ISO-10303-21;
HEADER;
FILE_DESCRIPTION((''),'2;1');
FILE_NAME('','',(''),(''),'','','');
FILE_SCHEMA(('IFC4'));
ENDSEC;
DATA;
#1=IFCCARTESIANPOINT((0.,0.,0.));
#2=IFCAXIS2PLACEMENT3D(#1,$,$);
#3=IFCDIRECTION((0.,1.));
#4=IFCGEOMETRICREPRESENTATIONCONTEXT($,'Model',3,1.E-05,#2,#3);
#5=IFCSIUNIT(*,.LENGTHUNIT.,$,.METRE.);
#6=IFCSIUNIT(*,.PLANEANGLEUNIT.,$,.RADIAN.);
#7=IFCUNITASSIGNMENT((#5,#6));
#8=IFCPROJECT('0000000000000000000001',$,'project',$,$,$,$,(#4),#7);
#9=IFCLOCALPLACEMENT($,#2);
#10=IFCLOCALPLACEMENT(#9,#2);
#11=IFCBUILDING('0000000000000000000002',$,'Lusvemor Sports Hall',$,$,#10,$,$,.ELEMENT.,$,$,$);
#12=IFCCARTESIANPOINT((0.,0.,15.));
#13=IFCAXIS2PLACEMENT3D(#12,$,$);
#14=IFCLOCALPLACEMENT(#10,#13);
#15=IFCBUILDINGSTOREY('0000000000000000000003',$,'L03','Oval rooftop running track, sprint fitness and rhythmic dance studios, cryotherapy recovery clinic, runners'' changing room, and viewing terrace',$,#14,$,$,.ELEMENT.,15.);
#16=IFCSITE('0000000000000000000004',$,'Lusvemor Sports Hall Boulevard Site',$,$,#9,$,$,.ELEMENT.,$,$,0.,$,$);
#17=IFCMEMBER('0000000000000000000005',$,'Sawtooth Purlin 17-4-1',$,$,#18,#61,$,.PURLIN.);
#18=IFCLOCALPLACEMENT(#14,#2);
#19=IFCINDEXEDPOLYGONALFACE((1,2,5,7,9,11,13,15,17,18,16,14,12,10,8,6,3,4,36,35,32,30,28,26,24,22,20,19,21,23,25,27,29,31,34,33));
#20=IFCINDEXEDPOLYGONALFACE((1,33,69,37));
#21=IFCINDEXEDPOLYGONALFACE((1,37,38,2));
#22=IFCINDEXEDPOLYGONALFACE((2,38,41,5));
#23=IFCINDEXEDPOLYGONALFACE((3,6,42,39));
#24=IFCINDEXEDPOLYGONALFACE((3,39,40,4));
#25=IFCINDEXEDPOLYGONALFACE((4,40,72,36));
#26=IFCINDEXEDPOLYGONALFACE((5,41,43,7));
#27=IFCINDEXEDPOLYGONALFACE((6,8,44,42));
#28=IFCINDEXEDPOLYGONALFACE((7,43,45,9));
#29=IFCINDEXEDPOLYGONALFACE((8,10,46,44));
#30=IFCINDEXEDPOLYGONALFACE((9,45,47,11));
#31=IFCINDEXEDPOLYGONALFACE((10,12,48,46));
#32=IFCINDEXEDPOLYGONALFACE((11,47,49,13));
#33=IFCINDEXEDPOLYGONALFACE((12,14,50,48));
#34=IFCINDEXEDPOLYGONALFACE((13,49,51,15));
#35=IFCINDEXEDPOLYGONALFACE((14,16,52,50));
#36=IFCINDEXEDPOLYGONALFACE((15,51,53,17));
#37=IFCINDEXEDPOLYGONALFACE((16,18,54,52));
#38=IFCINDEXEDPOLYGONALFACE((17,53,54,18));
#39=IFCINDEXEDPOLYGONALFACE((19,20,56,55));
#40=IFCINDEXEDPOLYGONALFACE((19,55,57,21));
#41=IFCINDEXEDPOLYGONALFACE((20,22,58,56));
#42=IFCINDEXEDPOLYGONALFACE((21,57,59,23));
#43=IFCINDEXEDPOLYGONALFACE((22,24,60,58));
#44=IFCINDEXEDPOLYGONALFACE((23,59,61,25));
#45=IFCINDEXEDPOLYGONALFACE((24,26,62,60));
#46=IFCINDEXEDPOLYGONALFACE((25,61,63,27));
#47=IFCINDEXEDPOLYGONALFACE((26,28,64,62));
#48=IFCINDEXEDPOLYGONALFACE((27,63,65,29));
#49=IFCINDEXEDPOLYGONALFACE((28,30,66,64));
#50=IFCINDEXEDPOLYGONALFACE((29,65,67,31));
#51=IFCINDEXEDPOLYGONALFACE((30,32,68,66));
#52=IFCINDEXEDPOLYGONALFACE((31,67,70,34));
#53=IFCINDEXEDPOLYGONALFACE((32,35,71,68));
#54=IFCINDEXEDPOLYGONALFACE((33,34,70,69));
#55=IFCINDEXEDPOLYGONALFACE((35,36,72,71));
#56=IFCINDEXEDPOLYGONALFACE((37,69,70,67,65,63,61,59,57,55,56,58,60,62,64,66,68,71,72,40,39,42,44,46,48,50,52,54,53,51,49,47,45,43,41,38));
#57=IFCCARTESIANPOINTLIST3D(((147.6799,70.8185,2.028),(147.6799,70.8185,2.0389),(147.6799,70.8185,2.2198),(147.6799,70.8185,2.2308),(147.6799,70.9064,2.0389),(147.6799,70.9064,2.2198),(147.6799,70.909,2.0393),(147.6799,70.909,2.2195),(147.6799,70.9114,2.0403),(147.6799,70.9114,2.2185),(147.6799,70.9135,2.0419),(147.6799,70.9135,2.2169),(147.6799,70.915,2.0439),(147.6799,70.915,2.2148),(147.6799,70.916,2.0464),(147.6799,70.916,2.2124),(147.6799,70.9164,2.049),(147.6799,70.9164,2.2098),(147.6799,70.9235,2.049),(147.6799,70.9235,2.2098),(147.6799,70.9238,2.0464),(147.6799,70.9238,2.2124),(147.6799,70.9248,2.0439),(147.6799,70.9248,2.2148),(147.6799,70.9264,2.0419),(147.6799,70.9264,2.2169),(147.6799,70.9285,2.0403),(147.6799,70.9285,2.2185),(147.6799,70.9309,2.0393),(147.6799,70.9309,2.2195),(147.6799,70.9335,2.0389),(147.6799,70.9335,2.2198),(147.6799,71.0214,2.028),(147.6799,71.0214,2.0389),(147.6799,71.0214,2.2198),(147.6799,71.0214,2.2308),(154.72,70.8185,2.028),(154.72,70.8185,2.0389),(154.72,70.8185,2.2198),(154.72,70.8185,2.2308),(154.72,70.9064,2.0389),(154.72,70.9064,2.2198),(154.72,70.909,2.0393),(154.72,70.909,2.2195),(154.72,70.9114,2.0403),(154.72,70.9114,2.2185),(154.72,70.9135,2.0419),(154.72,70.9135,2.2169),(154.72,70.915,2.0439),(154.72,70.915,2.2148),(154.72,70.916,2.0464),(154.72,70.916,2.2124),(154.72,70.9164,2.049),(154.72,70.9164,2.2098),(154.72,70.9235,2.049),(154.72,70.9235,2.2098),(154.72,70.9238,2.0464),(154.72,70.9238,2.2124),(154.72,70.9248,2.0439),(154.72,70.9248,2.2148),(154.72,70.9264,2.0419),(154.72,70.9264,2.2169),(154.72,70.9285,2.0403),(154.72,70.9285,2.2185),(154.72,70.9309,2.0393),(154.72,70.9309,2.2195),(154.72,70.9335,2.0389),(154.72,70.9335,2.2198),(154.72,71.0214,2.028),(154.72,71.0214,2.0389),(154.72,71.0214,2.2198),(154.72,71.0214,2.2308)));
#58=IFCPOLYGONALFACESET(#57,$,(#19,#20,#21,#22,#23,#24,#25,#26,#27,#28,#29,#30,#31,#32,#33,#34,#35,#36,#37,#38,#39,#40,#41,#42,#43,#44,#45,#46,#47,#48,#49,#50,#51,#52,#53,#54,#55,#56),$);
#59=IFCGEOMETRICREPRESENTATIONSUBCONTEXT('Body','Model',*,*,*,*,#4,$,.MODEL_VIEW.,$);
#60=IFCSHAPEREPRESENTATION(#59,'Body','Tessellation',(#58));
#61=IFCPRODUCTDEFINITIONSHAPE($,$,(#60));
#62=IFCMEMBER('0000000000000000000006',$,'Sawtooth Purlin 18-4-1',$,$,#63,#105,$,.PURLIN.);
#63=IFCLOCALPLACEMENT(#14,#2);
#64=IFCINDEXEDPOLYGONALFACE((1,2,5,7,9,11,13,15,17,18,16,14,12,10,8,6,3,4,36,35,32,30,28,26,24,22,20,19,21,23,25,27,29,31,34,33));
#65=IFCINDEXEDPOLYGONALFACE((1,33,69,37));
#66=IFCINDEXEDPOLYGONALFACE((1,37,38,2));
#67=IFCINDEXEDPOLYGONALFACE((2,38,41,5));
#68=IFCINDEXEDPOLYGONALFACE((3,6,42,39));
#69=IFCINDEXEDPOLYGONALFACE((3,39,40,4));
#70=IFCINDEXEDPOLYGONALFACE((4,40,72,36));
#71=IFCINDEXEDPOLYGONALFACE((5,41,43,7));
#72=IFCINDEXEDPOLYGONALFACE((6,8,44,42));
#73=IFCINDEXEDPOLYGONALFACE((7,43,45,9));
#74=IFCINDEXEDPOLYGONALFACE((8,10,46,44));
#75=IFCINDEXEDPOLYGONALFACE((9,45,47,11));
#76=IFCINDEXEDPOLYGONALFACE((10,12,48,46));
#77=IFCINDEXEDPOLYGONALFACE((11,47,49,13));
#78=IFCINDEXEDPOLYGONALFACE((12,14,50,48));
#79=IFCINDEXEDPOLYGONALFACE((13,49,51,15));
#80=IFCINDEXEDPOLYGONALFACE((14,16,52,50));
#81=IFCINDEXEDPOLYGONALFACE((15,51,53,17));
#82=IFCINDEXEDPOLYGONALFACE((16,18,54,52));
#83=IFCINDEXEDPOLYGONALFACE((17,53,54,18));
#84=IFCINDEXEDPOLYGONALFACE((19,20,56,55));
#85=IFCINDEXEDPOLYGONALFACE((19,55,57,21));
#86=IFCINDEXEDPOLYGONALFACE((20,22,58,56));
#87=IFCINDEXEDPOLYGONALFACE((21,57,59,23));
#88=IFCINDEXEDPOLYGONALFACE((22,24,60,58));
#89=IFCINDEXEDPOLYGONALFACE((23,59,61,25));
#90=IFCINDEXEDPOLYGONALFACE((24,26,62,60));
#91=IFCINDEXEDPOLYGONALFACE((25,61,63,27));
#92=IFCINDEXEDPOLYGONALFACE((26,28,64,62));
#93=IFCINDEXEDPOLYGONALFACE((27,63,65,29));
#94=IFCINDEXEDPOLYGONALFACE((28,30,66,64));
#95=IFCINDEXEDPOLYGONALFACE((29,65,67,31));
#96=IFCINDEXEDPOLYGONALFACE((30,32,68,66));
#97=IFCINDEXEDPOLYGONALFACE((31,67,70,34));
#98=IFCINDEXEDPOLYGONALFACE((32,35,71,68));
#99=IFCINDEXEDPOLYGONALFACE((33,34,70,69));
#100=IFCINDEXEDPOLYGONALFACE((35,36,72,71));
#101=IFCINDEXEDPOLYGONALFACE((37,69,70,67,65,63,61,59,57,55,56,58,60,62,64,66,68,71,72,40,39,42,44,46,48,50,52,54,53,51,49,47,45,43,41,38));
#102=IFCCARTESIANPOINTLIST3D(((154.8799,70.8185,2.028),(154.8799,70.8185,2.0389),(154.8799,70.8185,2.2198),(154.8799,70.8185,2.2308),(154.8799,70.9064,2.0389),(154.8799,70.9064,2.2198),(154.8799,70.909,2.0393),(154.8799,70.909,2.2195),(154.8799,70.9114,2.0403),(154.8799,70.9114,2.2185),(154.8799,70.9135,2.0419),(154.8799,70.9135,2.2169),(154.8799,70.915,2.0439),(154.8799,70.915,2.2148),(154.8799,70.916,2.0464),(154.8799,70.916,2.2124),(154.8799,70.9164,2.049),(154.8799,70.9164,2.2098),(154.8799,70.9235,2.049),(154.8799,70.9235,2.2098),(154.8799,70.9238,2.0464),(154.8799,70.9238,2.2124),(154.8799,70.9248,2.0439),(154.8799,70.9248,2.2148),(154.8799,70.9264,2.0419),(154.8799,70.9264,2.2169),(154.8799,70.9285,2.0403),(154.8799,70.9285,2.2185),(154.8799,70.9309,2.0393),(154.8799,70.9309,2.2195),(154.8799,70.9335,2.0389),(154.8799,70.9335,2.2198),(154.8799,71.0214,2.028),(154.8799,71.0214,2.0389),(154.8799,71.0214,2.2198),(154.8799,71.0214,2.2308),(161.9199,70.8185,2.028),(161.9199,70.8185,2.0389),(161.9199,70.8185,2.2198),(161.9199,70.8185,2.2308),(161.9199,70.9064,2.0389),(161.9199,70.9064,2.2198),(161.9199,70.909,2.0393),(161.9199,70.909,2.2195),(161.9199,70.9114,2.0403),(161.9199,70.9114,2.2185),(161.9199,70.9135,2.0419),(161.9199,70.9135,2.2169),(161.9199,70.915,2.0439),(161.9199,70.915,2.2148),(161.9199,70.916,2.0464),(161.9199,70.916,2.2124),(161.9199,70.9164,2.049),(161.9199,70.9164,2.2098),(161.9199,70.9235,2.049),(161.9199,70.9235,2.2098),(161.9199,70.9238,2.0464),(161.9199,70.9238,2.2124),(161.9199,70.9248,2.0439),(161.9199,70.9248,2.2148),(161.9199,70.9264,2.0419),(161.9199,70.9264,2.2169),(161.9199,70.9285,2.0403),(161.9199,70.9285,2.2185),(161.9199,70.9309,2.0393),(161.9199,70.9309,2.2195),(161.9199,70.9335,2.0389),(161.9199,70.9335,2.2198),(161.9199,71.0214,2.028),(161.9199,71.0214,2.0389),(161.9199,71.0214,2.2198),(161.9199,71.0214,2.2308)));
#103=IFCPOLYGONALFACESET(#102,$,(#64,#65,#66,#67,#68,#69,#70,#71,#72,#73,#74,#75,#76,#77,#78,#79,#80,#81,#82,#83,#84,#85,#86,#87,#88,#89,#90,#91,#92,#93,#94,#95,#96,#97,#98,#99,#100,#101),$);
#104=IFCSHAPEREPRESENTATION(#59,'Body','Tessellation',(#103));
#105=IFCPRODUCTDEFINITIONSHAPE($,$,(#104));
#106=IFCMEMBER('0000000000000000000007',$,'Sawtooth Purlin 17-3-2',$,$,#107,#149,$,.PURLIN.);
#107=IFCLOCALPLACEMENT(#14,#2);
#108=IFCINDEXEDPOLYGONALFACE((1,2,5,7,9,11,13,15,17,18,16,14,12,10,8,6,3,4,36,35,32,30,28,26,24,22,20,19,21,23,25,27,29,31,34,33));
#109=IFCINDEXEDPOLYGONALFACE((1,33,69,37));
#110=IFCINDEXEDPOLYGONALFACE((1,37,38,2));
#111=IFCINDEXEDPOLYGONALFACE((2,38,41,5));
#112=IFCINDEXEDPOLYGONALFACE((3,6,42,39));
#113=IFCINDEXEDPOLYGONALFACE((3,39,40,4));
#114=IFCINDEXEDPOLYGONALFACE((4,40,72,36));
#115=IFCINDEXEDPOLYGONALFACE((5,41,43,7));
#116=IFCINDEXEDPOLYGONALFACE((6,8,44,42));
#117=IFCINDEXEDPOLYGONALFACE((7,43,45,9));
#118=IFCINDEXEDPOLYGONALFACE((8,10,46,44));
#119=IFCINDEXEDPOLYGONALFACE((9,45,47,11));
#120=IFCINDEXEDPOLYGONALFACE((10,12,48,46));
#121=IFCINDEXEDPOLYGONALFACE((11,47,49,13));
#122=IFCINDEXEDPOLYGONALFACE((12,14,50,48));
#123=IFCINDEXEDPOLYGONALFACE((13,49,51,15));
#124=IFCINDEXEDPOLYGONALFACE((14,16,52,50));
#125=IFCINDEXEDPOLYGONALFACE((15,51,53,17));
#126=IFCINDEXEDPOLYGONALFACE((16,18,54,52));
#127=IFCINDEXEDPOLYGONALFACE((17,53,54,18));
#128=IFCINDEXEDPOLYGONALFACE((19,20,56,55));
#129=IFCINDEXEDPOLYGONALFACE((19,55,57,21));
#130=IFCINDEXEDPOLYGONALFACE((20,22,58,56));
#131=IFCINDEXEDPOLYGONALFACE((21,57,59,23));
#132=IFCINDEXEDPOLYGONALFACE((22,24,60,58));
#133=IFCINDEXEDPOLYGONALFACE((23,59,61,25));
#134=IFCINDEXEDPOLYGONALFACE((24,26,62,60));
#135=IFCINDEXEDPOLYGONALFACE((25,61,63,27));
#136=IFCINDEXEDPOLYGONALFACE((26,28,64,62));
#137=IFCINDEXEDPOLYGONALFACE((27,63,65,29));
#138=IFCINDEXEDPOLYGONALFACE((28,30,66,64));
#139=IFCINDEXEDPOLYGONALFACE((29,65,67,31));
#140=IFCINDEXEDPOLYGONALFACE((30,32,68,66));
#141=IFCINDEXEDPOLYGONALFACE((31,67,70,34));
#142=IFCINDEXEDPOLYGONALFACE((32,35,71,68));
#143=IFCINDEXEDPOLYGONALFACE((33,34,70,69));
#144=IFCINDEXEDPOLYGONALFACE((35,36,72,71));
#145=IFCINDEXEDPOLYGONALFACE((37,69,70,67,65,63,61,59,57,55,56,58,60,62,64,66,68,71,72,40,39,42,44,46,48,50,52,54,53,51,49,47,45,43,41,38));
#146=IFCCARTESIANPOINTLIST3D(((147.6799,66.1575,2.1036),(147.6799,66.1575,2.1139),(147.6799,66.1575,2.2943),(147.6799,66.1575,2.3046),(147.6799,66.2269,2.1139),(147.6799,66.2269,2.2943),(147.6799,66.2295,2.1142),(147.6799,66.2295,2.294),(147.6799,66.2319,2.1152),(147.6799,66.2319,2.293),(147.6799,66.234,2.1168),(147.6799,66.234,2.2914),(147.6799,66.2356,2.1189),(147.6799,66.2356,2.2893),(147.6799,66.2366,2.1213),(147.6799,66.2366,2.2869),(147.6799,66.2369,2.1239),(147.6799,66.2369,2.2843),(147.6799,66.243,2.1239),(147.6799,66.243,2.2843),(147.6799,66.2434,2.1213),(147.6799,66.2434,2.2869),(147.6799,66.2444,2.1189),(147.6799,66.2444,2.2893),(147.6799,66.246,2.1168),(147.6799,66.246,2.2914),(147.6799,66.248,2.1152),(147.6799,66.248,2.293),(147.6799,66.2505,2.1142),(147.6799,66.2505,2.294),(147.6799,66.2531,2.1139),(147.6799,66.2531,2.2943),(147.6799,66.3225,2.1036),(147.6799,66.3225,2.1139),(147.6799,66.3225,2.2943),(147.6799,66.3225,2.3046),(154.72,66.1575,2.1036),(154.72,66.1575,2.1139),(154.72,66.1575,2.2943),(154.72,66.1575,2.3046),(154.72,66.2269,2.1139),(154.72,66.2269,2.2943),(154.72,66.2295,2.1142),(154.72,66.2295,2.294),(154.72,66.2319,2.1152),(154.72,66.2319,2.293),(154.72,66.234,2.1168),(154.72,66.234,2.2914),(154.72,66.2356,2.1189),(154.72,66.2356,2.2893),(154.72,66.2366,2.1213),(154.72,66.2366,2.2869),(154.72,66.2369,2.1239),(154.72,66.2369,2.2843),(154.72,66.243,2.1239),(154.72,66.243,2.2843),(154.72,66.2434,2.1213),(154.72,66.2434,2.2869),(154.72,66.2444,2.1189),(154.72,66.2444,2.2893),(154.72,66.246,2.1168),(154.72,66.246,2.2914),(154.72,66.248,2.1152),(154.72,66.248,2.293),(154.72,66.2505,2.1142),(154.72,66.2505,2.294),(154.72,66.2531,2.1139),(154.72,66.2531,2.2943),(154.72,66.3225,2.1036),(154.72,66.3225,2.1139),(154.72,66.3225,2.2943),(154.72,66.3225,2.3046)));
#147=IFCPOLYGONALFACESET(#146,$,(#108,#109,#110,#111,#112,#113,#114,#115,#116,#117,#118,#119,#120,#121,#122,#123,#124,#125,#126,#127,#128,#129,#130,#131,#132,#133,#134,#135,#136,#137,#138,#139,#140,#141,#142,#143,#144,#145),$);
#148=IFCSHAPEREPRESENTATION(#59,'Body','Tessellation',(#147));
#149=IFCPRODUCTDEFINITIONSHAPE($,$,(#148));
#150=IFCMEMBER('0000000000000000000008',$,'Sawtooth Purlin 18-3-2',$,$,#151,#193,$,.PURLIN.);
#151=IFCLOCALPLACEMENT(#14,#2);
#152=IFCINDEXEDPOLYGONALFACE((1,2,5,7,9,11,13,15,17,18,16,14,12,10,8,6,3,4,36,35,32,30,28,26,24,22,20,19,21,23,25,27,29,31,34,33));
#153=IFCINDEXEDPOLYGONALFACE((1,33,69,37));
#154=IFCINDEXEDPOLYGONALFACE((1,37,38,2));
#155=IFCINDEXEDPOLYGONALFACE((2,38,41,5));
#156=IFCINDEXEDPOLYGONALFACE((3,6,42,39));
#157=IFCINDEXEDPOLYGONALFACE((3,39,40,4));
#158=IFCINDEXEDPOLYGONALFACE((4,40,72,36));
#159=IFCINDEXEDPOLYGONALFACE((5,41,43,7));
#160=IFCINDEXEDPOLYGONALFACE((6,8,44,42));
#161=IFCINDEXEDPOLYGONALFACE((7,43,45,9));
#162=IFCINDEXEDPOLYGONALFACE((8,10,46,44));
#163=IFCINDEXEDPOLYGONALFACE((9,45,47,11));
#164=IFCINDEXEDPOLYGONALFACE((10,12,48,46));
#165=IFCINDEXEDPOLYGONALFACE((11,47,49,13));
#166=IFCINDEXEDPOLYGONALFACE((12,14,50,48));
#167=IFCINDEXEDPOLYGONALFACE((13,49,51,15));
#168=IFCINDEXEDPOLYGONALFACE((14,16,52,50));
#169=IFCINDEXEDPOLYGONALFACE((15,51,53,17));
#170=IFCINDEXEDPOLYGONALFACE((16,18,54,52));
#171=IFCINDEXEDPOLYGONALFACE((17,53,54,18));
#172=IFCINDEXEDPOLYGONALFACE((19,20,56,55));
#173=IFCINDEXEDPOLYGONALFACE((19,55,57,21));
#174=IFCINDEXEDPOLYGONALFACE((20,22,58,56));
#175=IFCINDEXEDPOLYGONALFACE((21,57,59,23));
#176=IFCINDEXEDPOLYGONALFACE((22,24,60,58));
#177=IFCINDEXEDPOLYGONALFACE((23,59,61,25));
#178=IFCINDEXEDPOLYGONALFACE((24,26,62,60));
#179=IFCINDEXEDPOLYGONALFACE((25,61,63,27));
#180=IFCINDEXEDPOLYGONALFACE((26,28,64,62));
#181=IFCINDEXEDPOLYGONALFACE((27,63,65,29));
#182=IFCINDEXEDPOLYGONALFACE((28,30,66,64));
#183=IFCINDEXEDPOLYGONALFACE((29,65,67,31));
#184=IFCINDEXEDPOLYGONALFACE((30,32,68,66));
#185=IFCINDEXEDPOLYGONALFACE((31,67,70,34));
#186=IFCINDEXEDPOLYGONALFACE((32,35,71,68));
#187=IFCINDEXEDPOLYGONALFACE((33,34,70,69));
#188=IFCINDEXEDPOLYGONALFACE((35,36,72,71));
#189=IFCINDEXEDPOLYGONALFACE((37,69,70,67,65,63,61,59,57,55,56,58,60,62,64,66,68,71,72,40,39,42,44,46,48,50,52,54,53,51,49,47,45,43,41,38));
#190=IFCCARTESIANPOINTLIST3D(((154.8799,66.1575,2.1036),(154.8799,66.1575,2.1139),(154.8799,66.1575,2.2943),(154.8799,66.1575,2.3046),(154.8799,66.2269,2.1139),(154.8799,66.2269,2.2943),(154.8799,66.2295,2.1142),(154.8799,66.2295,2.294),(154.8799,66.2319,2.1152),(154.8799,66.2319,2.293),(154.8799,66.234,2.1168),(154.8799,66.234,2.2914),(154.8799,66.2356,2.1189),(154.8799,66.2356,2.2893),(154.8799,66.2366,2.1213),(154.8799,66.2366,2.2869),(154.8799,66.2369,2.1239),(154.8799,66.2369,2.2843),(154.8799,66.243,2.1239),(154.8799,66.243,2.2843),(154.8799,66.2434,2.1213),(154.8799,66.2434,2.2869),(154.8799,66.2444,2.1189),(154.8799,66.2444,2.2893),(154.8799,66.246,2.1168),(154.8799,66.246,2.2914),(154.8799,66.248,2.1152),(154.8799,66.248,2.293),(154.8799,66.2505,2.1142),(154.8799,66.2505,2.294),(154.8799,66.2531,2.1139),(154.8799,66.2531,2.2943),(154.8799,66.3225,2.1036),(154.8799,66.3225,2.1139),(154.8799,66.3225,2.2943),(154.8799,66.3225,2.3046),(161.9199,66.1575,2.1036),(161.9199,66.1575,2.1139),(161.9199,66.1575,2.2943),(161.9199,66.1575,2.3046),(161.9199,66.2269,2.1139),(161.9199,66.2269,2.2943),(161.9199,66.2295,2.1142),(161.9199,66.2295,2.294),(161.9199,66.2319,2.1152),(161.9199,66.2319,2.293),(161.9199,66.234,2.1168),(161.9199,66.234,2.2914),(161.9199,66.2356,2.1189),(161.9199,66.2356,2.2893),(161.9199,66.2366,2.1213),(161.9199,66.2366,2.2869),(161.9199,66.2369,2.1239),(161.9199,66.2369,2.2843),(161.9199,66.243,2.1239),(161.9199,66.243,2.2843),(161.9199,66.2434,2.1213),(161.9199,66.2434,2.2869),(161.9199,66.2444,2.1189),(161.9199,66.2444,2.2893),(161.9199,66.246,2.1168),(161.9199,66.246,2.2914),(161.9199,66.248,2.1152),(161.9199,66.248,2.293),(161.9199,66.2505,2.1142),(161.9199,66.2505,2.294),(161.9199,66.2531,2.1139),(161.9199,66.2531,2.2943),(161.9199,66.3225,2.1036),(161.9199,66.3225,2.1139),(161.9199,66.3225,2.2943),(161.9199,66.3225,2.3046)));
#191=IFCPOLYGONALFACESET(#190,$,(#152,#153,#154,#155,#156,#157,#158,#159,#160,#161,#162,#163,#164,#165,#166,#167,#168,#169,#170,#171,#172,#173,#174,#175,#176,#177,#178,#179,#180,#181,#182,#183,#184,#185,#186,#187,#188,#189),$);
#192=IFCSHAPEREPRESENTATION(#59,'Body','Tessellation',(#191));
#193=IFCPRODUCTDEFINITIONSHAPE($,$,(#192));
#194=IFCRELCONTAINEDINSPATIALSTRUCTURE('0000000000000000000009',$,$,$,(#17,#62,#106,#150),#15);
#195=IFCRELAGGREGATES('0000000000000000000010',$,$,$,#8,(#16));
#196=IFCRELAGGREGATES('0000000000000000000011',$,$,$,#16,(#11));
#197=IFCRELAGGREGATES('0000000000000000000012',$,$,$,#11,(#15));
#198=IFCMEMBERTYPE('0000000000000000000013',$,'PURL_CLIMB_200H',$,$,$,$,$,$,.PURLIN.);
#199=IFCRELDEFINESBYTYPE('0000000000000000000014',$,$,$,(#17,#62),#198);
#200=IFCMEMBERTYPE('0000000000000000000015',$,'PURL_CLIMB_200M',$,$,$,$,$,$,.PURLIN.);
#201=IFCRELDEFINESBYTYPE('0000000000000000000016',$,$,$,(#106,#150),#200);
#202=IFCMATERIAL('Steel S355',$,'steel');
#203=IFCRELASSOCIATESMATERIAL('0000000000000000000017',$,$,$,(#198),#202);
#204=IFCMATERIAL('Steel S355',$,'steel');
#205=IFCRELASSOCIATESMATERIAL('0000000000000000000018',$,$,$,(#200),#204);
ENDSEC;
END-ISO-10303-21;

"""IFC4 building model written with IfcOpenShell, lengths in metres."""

from ifc_helpers import new_model, si_unit, direction, frame, origin, origin_2d, place, context, subcontext, project, spatial, i_section, extrude, material, material_profile, profile_set, type_object, element, save


model = new_model("IFC4")

# Units and contexts
model_context = context("Model", 3, precision=1e-05, world=origin(), true_north=direction((0.0, 1.0)))
body_context = subcontext(model_context, "Body", "Model", "MODEL_VIEW")
ifc_project = project(units=[si_unit("LENGTHUNIT", "METRE"), si_unit("PLANEANGLEUNIT", "RADIAN")], contexts=[model_context])

# Site, building, storey
site_placement = place(None, origin())
site = spatial("IfcSite", under=ifc_project, at=site_placement, Name="Lusvemor Sports Hall Boulevard Site", CompositionType="ELEMENT", RefElevation=0.0)
building_placement = place(site_placement, origin())
building = spatial("IfcBuilding", under=site, at=building_placement, Name="Lusvemor Sports Hall", CompositionType="ELEMENT")
storey_placement = place(building_placement, frame((0.0, 0.0, 15.0)))
storey = spatial("IfcBuildingStorey", under=building, at=storey_placement, Name="L03", Description="Oval rooftop running track, sprint fitness and rhythmic dance studios, cryotherapy recovery clinic, runners' changing room, and viewing terrace", CompositionType="ELEMENT", Elevation=15.0)

# Members
ifc_material_1 = material(Name="Steel S355", Category="steel")
ifc_material_profile_1 = material_profile(ifc_material_1, i_section(OverallWidth=0.2029, OverallDepth=0.2029, WebThickness=0.0071, FlangeThickness=0.011, FilletRadius=0.01, at=origin_2d()), Name="W200x46.1")
ifc_profile_set_1 = profile_set([ifc_material_profile_1], Name="Steel S355")
member_type_1 = type_object("IfcMemberType", Name="PURL_CLIMB_200H", PredefinedType="PURLIN", material=ifc_profile_set_1)
for number, where, z_axis, x_axis, name in (
    (1, (147.6799, 70.9199, 2.1294), (1.0, 0.0, 0.0), (0.0, 1.0, 0.0), "Sawtooth Purlin 17-4-1"),
    (2, (154.8799, 70.9199, 2.1294), (1.0, 0.0, 0.0), (0.0, 1.0, 0.0), "Sawtooth Purlin 18-4-1"),
):
    element("IfcMember", number, at=place(storey_placement, frame(where, z_axis=z_axis, x_axis=x_axis)), inside=storey, type_object=member_type_1, Name=name, PredefinedType="PURLIN", context=body_context, shape_type="SweptSolid", body=[
        extrude(i_section(OverallWidth=0.2029, OverallDepth=0.2029, WebThickness=0.0071, FlangeThickness=0.011, FilletRadius=0.01, at=origin_2d()), origin(), (0.0, 0.0, 1.0), 7.04),
    ])
ifc_material_2 = material(Name="Steel S355", Category="steel")
ifc_material_profile_2 = material_profile(ifc_material_2, i_section(OverallWidth=0.165, OverallDepth=0.2009, WebThickness=0.0061, FlangeThickness=0.0103, FilletRadius=0.01, at=origin_2d()), Name="W200x35.9")
ifc_profile_set_2 = profile_set([ifc_material_profile_2], Name="Steel S355")
member_type_2 = type_object("IfcMemberType", Name="PURL_CLIMB_200M", PredefinedType="PURLIN", material=ifc_profile_set_2)
for number, where, z_axis, x_axis, name in (
    (3, (147.6799, 66.24, 2.2041), (1.0, 0.0, 0.0), (0.0, 1.0, 0.0), "Sawtooth Purlin 17-3-2"),
    (4, (154.8799, 66.24, 2.2041), (1.0, 0.0, 0.0), (0.0, 1.0, 0.0), "Sawtooth Purlin 18-3-2"),
):
    element("IfcMember", number, at=place(storey_placement, frame(where, z_axis=z_axis, x_axis=x_axis)), inside=storey, type_object=member_type_2, Name=name, PredefinedType="PURLIN", context=body_context, shape_type="SweptSolid", body=[
        extrude(i_section(OverallWidth=0.165, OverallDepth=0.2009, WebThickness=0.0061, FlangeThickness=0.0103, FilletRadius=0.01, at=origin_2d()), origin(), (0.0, 0.0, 1.0), 7.04),
    ])

save(model, "model.ifc")
